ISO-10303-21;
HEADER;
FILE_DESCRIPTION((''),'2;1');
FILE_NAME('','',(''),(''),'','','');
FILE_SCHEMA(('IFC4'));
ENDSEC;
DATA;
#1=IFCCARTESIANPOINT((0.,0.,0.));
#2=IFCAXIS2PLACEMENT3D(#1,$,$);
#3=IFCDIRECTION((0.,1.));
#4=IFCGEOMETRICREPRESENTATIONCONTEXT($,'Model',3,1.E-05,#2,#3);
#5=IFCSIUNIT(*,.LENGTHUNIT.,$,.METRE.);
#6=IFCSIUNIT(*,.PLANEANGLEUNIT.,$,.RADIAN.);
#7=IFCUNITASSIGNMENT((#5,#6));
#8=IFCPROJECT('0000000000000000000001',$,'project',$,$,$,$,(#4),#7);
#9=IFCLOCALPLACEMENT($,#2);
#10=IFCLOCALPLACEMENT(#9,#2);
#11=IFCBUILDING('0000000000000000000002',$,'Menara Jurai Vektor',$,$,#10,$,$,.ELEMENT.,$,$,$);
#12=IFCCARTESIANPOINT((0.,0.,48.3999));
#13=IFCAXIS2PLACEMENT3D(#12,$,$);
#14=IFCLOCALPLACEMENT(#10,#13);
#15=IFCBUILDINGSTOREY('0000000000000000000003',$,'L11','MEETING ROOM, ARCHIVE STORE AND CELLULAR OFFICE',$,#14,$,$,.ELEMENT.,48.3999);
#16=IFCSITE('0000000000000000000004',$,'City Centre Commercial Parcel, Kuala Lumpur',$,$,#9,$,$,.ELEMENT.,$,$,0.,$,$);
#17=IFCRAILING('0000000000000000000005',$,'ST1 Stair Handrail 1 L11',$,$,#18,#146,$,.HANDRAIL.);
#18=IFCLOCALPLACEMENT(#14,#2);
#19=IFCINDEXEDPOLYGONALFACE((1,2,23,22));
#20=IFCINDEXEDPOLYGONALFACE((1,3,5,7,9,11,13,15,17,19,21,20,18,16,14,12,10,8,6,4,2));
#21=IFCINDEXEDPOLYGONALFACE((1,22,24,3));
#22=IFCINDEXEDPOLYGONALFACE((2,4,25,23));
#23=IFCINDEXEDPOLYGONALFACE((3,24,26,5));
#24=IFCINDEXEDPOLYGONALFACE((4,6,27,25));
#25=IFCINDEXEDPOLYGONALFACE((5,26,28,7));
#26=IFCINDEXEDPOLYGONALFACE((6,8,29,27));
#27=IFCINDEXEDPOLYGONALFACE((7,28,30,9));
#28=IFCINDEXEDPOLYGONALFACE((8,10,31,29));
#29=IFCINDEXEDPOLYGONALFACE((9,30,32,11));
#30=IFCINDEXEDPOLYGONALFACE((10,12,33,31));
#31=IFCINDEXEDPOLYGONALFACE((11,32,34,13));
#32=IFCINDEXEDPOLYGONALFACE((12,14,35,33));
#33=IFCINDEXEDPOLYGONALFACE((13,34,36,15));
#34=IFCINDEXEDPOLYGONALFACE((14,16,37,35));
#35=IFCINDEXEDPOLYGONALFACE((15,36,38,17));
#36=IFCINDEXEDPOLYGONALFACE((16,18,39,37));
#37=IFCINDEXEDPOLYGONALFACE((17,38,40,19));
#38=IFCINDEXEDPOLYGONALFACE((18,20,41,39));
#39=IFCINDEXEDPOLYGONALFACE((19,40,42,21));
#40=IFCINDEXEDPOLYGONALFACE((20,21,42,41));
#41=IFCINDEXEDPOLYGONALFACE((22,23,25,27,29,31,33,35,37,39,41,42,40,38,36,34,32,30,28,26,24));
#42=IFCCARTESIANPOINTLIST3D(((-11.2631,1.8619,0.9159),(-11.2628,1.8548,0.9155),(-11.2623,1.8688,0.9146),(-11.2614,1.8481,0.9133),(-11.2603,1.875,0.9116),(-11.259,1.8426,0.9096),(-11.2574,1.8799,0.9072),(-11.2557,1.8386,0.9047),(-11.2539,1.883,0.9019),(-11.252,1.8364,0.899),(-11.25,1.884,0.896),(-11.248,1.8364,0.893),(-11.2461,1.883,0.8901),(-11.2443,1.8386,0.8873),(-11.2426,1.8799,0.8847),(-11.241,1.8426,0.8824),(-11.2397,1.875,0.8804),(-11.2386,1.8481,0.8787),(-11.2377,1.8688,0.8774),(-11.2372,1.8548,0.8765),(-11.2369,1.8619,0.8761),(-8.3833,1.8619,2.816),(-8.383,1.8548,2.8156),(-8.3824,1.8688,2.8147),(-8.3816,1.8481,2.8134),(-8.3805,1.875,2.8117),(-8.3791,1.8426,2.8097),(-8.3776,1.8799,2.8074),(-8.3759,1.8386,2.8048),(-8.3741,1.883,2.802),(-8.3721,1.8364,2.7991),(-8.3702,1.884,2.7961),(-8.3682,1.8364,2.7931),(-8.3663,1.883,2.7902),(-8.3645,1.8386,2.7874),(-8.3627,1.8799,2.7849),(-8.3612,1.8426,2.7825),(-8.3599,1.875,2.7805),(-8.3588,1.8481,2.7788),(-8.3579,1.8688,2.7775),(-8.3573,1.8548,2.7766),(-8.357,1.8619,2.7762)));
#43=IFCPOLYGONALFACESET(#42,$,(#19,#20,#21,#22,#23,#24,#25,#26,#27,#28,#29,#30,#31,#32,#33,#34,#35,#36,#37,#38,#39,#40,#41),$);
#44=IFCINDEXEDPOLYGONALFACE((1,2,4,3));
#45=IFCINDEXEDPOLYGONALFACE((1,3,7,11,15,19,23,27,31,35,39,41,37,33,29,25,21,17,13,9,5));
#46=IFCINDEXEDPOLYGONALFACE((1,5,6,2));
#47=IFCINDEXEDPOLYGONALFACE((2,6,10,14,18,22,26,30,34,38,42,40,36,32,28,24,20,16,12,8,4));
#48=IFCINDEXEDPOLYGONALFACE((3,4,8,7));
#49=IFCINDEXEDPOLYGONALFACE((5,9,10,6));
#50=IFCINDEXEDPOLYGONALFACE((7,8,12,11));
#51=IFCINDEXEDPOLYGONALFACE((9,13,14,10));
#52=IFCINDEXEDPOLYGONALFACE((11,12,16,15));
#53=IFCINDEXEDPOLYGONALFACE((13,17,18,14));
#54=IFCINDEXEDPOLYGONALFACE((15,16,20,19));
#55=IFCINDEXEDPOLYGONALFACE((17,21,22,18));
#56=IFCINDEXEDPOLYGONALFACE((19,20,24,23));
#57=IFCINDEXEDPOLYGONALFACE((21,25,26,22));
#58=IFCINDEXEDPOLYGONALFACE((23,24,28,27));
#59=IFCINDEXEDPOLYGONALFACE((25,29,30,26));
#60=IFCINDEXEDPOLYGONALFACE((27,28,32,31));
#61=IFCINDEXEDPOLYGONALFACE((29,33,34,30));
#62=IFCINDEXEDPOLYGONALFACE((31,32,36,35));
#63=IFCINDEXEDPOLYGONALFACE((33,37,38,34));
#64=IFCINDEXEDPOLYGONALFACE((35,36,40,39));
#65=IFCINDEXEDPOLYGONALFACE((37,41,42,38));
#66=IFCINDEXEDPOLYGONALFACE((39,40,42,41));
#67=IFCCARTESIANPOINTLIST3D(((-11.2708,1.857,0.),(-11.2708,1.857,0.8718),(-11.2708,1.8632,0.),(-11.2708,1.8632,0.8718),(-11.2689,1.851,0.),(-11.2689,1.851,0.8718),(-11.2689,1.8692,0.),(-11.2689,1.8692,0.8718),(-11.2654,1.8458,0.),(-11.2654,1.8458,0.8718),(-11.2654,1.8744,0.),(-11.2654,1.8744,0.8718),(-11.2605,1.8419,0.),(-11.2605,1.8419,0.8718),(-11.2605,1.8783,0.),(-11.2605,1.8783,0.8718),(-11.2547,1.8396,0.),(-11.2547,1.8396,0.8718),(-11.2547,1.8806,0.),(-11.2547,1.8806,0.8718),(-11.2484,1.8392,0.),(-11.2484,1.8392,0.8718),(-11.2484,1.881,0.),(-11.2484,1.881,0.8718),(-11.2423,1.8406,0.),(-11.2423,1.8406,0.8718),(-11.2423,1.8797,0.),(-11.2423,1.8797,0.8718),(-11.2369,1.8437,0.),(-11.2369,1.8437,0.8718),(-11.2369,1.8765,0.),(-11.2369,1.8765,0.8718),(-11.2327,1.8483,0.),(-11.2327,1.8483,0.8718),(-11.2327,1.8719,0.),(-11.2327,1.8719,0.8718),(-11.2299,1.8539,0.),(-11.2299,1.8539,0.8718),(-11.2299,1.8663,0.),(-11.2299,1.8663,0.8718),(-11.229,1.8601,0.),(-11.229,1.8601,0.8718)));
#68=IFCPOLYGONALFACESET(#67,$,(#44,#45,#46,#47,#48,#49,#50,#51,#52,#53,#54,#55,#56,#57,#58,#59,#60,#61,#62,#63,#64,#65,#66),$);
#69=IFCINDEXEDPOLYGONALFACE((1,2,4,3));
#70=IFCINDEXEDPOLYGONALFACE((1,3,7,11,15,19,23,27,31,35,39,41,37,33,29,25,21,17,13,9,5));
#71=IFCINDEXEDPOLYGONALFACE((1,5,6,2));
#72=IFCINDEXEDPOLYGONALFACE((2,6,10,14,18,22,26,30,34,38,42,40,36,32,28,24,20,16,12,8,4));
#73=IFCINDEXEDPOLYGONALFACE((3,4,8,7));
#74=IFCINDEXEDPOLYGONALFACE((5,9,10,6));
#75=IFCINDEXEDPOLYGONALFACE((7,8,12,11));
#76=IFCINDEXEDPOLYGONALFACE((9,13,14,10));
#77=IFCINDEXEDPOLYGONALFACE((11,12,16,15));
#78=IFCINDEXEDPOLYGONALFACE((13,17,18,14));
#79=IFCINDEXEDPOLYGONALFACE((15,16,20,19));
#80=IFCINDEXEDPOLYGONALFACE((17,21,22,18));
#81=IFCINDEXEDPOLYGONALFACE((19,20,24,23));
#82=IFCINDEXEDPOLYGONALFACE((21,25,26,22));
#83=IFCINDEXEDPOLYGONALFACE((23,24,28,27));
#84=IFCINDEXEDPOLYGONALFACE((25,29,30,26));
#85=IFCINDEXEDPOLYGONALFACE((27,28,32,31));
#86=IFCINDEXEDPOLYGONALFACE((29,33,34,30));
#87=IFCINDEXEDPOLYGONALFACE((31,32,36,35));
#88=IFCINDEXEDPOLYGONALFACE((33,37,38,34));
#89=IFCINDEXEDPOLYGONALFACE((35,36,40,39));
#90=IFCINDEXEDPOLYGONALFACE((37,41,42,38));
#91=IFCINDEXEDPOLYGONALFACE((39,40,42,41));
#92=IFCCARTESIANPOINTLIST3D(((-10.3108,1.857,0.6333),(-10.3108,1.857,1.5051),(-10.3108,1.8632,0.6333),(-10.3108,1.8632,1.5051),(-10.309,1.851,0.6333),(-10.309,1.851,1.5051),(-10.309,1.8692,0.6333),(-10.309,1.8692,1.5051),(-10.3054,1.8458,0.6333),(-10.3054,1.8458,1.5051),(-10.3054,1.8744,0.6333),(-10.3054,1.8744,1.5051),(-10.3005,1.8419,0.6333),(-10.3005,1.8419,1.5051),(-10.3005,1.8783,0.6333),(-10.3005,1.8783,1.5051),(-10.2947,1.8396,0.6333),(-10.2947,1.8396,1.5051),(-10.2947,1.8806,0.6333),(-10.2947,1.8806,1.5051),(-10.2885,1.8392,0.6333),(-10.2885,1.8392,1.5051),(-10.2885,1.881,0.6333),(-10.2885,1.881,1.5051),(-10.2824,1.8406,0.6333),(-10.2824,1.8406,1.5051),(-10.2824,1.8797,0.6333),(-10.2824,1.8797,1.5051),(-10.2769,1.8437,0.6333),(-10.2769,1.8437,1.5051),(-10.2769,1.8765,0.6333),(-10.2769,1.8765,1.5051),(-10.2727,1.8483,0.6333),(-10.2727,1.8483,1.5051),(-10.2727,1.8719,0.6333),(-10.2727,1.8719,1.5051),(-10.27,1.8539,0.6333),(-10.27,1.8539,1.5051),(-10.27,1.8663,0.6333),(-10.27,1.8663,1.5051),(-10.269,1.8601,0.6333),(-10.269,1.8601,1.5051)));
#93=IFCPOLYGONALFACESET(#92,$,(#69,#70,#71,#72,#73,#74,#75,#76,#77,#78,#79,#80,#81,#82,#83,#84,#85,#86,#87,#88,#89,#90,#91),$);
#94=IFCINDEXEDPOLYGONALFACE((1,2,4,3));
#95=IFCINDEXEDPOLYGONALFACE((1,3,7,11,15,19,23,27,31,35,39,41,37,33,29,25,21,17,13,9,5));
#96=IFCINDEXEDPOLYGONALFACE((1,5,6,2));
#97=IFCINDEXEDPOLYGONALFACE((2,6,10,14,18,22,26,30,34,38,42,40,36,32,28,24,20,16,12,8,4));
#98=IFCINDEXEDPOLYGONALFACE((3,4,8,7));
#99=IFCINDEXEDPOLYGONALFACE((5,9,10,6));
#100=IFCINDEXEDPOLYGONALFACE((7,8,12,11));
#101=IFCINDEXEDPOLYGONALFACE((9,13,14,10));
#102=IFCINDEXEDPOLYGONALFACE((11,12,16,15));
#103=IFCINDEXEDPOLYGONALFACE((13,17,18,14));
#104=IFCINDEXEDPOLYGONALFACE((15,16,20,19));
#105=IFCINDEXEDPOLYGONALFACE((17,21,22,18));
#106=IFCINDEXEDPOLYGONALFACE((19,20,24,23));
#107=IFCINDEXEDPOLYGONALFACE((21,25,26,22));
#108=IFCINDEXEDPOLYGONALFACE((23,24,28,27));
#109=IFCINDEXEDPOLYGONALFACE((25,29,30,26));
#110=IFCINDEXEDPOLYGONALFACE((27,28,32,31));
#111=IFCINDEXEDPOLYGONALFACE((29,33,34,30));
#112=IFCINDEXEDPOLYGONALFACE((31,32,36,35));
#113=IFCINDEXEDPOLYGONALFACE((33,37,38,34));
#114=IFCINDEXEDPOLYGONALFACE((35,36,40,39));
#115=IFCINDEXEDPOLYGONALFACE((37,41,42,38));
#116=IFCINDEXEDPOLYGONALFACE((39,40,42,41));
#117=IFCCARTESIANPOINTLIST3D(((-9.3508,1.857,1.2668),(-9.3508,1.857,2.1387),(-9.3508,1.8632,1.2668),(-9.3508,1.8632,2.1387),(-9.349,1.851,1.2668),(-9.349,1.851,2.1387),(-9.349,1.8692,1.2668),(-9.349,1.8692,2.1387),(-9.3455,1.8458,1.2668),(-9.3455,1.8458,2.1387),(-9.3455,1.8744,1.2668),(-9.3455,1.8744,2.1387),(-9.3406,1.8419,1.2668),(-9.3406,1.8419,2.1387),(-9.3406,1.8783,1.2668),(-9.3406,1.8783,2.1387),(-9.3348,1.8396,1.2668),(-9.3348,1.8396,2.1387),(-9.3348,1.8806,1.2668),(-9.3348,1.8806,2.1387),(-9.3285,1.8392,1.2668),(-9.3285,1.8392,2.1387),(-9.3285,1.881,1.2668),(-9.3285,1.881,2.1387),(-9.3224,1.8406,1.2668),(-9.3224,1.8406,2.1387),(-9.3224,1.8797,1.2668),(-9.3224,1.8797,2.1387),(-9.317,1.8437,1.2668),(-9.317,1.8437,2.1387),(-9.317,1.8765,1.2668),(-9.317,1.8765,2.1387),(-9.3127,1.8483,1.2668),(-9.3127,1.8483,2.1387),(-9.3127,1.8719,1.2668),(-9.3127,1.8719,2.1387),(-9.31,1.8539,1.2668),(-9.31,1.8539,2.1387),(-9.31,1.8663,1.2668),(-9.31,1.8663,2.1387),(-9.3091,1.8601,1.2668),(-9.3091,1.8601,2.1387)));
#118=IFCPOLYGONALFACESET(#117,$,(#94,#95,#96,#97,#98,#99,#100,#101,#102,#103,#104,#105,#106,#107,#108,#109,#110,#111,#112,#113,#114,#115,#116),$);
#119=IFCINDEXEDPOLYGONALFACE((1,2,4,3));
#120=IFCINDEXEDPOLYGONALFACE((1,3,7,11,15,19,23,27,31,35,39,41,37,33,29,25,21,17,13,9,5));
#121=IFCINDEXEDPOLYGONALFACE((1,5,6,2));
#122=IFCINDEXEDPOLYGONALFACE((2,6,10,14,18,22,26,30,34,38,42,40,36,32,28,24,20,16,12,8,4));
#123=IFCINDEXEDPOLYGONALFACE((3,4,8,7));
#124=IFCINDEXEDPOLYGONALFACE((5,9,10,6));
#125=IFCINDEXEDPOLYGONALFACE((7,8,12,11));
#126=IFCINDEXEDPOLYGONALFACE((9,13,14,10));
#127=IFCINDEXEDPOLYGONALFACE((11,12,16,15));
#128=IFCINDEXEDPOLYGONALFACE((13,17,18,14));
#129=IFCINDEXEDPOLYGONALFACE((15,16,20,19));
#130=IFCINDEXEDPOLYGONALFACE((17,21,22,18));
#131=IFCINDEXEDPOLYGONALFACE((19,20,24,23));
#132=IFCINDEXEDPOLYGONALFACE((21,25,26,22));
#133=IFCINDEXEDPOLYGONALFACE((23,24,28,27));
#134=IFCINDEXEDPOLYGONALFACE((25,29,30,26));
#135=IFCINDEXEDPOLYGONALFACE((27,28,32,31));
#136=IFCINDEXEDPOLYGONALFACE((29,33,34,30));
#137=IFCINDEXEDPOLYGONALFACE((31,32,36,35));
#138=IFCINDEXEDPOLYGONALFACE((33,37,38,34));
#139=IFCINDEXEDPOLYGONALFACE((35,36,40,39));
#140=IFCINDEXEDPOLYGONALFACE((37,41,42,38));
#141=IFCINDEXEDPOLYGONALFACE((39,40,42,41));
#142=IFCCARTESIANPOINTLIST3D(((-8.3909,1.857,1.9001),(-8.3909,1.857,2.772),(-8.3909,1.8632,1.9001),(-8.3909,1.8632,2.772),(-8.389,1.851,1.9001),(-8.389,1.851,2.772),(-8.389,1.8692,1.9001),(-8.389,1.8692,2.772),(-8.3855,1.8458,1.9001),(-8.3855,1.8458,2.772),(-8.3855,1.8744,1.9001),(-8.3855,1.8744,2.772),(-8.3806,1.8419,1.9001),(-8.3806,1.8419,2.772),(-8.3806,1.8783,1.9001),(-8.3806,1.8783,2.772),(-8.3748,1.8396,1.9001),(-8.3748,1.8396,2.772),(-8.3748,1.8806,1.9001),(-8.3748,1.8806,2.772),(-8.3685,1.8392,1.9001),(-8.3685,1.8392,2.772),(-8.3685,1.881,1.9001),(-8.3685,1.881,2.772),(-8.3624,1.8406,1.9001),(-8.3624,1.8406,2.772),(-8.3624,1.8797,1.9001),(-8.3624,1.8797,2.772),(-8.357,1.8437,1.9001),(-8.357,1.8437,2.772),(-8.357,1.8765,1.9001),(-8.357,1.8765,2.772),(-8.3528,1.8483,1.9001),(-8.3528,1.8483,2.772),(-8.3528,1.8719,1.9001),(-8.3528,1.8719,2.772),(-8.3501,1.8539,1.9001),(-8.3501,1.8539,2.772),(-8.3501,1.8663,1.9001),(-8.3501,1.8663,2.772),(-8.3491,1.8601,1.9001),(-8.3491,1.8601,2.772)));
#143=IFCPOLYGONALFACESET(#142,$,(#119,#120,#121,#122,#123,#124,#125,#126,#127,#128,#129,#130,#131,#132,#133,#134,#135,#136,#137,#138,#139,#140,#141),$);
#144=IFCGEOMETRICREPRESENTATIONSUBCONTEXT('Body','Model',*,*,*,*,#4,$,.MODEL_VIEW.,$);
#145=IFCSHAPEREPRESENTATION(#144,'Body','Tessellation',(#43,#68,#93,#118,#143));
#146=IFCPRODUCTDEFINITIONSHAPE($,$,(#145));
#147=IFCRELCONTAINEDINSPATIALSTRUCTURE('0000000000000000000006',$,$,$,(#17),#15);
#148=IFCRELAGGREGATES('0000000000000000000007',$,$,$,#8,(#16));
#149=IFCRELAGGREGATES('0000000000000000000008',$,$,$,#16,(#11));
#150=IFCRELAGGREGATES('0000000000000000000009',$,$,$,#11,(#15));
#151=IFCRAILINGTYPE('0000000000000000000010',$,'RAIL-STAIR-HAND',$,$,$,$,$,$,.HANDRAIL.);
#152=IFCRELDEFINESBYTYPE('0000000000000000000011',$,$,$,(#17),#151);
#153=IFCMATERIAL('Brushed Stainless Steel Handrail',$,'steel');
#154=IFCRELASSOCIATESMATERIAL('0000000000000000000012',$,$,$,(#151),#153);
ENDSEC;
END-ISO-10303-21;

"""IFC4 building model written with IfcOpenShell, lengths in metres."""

from ifc_helpers import new_model, si_unit, direction, frame, origin, origin_2d, place, context, subcontext, project, spatial, circle, extrude, material, type_object, element, save


model = new_model("IFC4")

# Units and contexts
model_context = context("Model", 3, precision=1e-05, world=origin(), true_north=direction((0.0, 1.0)))
body_context = subcontext(model_context, "Body", "Model", "MODEL_VIEW")
ifc_project = project(units=[si_unit("LENGTHUNIT", "METRE"), si_unit("PLANEANGLEUNIT", "RADIAN")], contexts=[model_context])

# Site, building, storey
site_placement = place(None, origin())
site = spatial("IfcSite", under=ifc_project, at=site_placement, Name="City Centre Commercial Parcel, Kuala Lumpur", CompositionType="ELEMENT", RefElevation=0.0)
building_placement = place(site_placement, origin())
building = spatial("IfcBuilding", under=site, at=building_placement, Name="Menara Jurai Vektor", CompositionType="ELEMENT")
storey_placement = place(building_placement, frame((0.0, 0.0, 48.3999)))
storey = spatial("IfcBuildingStorey", under=building, at=storey_placement, Name="L11", Description="MEETING ROOM, ARCHIVE STORE AND CELLULAR OFFICE", CompositionType="ELEMENT", Elevation=48.3999)

# Railing
ifc_material_1 = material(Name="Brushed Stainless Steel Handrail", Category="steel")
railing_type_1 = type_object("IfcRailingType", Name="RAIL-STAIR-HAND", PredefinedType="HANDRAIL", material=ifc_material_1)
railing_1_placement = place(storey_placement, frame((-11.25, 1.8601, 0.0)))
element("IfcRailing", 1, at=railing_1_placement, inside=storey, type_object=railing_type_1, Name="ST1 Stair Handrail 1 L11", PredefinedType="HANDRAIL", context=body_context, shape_type="SweptSolid", body=[
    extrude(circle(Radius=0.0239, at=origin_2d()), frame((0.0, 0.0, 0.896), z_axis=(0.834686, 0.0, 0.550726), x_axis=(0.0, 1.0, 0.0)), (0.0, 0.0, 1.0), 3.4502),
    extrude(circle(Radius=0.021, at=origin_2d()), origin(), (0.0, 0.0, 1.0), 0.8718),
    extrude(circle(Radius=0.021, at=origin_2d()), frame((0.96, 0.0, 0.6333)), (0.0, 0.0, 1.0), 0.8718),
    extrude(circle(Radius=0.021, at=origin_2d()), frame((1.9199, 0.0, 1.2668)), (0.0, 0.0, 1.0), 0.8718),
    extrude(circle(Radius=0.021, at=origin_2d()), frame((2.8799, 0.0, 1.9001)), (0.0, 0.0, 1.0), 0.8718),
])

save(model, "model.ifc")
